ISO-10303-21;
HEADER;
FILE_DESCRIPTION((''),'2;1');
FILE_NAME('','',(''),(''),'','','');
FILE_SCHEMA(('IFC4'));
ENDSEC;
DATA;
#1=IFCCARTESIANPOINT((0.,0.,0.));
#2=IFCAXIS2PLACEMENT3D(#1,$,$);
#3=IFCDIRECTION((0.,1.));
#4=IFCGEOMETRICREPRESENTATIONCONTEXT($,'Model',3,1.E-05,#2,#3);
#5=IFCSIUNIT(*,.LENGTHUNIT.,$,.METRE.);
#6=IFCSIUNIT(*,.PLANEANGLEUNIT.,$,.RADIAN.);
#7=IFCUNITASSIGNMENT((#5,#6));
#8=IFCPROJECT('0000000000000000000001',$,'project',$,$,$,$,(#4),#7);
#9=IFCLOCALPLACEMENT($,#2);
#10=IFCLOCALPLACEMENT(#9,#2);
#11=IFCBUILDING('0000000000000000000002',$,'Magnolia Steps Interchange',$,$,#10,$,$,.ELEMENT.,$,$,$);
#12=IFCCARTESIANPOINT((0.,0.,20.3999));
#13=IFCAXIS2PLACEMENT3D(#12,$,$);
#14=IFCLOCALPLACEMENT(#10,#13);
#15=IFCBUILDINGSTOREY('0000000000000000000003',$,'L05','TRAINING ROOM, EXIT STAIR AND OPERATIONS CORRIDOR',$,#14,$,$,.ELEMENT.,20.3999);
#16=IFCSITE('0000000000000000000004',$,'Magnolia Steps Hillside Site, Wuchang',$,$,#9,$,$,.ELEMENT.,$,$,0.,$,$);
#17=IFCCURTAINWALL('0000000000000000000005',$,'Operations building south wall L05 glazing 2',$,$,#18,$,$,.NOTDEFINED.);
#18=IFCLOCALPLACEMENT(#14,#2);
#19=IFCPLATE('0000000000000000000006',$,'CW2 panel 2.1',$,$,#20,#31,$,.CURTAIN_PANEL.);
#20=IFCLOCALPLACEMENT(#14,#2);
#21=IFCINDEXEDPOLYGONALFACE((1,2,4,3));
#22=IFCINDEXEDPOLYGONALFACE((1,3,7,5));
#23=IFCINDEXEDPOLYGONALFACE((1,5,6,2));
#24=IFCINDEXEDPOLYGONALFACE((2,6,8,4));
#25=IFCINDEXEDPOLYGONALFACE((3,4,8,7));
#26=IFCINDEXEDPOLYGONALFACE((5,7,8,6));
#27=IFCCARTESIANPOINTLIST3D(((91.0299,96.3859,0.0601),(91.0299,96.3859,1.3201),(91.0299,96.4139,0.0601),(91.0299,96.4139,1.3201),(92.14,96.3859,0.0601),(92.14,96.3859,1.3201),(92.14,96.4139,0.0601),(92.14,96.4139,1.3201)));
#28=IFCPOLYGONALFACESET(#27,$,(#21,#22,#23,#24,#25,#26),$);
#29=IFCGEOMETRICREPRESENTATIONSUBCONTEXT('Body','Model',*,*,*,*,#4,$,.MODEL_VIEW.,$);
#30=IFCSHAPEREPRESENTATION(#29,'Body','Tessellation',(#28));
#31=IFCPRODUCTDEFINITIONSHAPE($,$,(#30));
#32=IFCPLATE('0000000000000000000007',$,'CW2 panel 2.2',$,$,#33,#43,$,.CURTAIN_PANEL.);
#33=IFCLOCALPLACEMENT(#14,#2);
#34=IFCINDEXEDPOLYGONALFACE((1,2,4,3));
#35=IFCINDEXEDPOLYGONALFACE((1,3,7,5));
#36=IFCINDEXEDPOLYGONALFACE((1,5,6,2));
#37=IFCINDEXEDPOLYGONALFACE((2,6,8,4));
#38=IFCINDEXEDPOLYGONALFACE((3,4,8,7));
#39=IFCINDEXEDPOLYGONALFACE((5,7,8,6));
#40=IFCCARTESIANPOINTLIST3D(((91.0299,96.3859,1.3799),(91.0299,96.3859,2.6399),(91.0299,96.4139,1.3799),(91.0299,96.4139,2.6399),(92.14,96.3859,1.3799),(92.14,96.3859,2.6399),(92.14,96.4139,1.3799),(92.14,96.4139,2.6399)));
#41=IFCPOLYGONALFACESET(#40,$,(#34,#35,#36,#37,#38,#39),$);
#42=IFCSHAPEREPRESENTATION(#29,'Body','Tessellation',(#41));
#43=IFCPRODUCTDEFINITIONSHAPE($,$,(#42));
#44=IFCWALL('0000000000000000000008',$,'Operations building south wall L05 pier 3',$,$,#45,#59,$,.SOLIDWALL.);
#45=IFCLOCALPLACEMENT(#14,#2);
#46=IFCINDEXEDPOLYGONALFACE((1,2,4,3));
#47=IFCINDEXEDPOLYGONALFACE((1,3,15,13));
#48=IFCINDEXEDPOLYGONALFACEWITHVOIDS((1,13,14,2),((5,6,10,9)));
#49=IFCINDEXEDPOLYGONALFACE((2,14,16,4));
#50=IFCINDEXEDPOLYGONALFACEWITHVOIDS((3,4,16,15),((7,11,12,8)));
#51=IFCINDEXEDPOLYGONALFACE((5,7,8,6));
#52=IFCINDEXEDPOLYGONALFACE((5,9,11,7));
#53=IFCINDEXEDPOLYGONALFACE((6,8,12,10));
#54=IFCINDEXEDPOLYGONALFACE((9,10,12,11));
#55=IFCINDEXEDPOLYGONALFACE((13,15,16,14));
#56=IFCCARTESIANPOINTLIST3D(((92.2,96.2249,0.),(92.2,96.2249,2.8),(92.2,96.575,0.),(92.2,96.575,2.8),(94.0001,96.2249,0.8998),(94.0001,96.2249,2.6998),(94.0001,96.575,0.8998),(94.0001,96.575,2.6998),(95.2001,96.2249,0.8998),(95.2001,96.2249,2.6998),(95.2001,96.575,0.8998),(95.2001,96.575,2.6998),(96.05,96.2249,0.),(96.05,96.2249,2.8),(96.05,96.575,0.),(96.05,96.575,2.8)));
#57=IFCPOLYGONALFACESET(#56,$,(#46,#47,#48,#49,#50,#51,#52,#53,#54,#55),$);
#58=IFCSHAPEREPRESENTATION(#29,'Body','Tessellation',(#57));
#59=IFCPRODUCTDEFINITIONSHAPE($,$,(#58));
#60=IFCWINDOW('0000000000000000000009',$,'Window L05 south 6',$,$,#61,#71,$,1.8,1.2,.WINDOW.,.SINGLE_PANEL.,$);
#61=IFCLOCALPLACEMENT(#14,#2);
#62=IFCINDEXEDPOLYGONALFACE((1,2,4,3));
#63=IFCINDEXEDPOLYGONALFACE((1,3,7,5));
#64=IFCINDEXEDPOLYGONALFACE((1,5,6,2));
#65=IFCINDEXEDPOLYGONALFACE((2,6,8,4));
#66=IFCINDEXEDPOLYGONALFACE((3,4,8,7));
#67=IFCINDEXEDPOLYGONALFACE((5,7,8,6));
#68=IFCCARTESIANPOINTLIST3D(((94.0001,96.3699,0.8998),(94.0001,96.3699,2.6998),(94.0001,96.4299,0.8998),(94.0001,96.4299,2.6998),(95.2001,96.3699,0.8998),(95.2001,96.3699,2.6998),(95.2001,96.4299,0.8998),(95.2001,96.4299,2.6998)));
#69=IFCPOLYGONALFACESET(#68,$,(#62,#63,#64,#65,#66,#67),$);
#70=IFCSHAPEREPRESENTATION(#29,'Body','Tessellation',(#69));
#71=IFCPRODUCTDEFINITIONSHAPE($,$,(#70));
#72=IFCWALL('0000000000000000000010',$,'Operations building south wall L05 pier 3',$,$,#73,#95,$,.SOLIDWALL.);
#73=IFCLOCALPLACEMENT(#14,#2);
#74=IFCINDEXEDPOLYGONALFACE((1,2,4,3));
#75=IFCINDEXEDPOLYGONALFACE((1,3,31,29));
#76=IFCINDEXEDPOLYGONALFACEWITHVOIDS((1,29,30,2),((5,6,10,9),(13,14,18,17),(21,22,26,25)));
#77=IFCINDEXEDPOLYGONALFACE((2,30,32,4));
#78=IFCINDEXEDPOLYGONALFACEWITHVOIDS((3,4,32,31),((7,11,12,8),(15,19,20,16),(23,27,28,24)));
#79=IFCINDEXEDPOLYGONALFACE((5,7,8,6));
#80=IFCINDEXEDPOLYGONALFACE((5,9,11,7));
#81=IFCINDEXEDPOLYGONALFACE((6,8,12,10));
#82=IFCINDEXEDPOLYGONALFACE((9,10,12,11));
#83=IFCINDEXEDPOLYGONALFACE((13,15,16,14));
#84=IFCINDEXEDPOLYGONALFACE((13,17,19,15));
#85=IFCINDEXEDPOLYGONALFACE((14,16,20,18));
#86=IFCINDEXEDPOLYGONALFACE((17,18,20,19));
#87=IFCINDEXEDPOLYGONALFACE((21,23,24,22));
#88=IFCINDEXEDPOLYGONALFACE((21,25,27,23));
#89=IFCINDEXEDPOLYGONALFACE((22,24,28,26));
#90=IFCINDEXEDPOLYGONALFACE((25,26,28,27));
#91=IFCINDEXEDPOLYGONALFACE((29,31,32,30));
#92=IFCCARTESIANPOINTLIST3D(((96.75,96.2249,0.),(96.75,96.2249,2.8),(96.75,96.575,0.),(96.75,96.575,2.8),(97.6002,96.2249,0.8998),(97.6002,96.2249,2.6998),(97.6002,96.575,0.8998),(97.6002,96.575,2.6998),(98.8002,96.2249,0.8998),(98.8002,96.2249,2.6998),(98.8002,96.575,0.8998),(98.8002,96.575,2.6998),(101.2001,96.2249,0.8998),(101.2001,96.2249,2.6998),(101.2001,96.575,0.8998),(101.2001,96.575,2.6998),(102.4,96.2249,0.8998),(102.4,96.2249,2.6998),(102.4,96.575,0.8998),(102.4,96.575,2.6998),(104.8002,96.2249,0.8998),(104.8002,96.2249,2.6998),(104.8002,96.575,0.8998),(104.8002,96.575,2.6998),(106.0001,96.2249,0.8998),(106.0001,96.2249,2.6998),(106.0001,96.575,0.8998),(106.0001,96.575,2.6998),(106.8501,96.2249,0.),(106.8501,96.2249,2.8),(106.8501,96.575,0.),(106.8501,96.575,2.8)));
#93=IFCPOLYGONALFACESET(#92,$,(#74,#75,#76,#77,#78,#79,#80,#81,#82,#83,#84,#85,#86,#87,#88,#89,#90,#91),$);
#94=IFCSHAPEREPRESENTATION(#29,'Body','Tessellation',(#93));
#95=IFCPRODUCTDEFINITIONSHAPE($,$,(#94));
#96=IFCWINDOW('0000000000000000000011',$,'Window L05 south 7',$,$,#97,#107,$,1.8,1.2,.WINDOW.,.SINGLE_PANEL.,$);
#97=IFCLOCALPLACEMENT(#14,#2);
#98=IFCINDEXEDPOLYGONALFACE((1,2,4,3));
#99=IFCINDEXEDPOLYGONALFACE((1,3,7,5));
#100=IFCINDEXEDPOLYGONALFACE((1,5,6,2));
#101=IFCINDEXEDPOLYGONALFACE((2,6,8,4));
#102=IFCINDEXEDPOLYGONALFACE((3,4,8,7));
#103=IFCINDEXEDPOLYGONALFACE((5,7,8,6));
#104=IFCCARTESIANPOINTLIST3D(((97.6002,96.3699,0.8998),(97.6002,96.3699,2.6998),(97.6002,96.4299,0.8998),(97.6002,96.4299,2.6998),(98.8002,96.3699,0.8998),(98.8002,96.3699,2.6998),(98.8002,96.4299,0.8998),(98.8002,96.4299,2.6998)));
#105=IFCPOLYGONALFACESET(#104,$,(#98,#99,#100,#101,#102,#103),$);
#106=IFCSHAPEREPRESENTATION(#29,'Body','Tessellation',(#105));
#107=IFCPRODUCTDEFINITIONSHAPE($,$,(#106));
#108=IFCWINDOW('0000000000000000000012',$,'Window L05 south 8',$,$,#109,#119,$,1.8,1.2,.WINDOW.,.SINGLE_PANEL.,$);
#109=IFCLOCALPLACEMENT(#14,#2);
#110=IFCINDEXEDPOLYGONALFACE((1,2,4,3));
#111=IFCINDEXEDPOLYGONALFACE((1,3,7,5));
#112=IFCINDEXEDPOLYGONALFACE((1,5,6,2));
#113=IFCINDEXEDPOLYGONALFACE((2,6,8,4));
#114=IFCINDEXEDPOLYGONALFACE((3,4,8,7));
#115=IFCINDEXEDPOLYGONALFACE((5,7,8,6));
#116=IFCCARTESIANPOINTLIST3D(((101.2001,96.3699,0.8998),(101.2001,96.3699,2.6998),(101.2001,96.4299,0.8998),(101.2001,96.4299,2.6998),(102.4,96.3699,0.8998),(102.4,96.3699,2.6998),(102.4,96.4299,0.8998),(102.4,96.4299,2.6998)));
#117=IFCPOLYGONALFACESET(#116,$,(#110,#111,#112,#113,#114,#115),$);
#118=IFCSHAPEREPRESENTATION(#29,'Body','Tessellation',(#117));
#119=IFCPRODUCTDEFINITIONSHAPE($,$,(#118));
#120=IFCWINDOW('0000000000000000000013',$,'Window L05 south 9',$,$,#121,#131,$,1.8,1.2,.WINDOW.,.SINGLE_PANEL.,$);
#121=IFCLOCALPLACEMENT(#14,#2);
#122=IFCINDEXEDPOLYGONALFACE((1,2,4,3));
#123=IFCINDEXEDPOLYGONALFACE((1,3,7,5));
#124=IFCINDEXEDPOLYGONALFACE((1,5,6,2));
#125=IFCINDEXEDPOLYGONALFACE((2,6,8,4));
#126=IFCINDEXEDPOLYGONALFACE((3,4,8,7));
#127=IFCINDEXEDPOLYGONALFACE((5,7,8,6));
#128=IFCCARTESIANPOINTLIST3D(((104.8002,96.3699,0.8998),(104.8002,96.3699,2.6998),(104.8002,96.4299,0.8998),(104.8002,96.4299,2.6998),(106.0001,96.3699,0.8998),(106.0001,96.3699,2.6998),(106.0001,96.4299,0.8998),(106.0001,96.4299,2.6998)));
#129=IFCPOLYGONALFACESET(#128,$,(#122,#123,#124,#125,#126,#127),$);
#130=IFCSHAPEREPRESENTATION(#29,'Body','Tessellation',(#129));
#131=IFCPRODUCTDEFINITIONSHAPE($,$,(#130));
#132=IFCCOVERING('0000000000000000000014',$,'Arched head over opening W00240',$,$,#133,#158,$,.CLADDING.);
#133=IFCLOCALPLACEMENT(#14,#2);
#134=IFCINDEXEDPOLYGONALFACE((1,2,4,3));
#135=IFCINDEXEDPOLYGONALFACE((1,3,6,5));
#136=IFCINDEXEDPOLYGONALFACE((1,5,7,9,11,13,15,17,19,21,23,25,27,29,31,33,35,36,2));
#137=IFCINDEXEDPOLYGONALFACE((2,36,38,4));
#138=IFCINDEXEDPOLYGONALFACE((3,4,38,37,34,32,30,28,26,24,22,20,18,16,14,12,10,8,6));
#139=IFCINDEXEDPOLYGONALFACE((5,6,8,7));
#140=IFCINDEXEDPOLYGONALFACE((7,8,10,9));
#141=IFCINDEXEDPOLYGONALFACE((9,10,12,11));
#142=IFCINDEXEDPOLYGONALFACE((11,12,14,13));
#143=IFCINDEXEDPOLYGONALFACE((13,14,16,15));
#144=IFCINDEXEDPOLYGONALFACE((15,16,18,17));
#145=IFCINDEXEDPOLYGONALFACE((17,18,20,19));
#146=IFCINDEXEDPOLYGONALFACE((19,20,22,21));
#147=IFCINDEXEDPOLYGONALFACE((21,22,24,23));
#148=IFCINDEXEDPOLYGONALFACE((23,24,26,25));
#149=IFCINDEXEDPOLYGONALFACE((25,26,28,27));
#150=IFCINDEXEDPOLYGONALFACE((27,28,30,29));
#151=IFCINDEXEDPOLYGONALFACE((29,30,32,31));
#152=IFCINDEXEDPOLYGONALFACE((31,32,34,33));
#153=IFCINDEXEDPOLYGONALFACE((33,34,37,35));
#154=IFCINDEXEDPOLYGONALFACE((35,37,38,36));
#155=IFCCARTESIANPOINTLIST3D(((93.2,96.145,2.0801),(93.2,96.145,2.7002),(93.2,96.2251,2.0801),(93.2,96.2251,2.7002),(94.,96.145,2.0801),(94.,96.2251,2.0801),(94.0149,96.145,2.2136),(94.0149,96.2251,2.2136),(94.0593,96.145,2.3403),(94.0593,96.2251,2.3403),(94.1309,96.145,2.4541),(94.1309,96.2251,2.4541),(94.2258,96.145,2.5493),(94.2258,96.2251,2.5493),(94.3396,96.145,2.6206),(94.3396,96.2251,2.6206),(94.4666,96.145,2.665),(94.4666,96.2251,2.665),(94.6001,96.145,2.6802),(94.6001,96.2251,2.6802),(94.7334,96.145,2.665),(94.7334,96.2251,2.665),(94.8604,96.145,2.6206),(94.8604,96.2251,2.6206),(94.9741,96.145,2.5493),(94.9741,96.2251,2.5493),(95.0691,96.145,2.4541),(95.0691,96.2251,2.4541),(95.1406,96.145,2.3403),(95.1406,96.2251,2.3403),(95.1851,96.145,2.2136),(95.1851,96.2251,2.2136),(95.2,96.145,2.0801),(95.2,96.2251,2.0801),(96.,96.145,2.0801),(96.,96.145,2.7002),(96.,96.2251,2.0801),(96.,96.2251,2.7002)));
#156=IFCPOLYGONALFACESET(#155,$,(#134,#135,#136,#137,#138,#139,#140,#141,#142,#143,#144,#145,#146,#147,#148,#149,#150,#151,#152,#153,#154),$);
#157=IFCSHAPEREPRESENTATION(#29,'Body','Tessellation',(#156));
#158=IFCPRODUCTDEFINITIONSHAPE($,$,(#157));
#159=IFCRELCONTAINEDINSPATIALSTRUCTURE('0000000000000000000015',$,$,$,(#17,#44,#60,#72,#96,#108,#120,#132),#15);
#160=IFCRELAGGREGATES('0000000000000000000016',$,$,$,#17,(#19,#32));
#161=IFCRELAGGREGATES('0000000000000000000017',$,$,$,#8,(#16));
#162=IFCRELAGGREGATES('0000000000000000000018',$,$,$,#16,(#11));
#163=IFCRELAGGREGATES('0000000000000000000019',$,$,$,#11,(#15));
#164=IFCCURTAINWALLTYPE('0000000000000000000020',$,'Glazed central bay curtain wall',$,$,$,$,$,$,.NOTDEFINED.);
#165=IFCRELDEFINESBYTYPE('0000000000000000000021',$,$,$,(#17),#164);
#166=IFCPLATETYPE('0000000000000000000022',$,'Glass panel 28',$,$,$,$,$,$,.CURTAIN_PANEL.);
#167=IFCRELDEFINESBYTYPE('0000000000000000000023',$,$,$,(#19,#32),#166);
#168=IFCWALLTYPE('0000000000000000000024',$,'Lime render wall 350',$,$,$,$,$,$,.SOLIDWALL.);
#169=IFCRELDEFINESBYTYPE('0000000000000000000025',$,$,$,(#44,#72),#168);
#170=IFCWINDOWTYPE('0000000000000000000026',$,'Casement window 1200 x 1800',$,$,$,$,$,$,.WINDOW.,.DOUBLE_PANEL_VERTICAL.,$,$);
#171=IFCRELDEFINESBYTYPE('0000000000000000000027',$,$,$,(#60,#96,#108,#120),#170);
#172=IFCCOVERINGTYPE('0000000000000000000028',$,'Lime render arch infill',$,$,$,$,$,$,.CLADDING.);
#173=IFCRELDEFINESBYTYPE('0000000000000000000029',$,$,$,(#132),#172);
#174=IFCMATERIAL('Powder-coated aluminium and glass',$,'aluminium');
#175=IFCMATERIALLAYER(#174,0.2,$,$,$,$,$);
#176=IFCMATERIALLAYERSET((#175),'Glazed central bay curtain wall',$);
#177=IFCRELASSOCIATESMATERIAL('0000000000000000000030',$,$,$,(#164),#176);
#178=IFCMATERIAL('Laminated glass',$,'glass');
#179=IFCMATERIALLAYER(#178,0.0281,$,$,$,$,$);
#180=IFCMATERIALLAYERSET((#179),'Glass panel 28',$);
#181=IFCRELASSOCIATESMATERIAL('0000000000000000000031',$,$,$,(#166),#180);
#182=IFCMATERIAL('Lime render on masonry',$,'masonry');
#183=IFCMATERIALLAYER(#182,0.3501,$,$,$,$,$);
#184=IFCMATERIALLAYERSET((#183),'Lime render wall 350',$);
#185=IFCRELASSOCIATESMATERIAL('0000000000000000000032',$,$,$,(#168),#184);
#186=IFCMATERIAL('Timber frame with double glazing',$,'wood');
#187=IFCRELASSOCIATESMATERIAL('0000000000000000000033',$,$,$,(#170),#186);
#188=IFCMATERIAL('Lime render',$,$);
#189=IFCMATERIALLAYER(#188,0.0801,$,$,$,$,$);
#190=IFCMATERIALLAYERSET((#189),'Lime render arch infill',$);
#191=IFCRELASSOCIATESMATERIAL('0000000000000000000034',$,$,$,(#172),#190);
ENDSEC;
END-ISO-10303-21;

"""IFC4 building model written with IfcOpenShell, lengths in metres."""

from ifc_helpers import new_model, si_unit, direction, frame, frame_2d, origin, origin_2d, place, context, subcontext, project, spatial, polyline, rectangle, outline, extrude, material, layer, layer_set, type_object, element, fill, aggregate, save


model = new_model("IFC4")

# Units and contexts
model_context = context("Model", 3, precision=1e-05, world=origin(), true_north=direction((0.0, 1.0)))
body_context = subcontext(model_context, "Body", "Model", "MODEL_VIEW")
ifc_project = project(units=[si_unit("LENGTHUNIT", "METRE"), si_unit("PLANEANGLEUNIT", "RADIAN")], contexts=[model_context])

# Site, building, storey
site_placement = place(None, origin())
site = spatial("IfcSite", under=ifc_project, at=site_placement, Name="Magnolia Steps Hillside Site, Wuchang", CompositionType="ELEMENT", RefElevation=0.0)
building_placement = place(site_placement, origin())
building = spatial("IfcBuilding", under=site, at=building_placement, Name="Magnolia Steps Interchange", CompositionType="ELEMENT")
storey_placement = place(building_placement, frame((0.0, 0.0, 20.3999)))
storey = spatial("IfcBuildingStorey", under=building, at=storey_placement, Name="L05", Description="TRAINING ROOM, EXIT STAIR AND OPERATIONS CORRIDOR", CompositionType="ELEMENT", Elevation=20.3999)

# Curtain wall
ifc_material_1 = material(Name="Powder-coated aluminium and glass", Category="aluminium")
ifc_layer_1 = layer(ifc_material_1, 0.2)
ifc_layer_set_1 = layer_set([ifc_layer_1], Name="Glazed central bay curtain wall")
curtain_wall_type = type_object("IfcCurtainWallType", Name="Glazed central bay curtain wall", PredefinedType="NOTDEFINED", material=ifc_layer_set_1)
curtain_wall_placement = place(storey_placement, origin())
curtain_wall = element("IfcCurtainWall", 1, at=curtain_wall_placement, inside=storey, type_object=curtain_wall_type, Name="Operations building south wall L05 glazing 2", PredefinedType="NOTDEFINED")

# Plates
ifc_material_2 = material(Name="Laminated glass", Category="glass")
ifc_layer_2 = layer(ifc_material_2, 0.0281)
ifc_layer_set_2 = layer_set([ifc_layer_2], Name="Glass panel 28")
plate_type = type_object("IfcPlateType", Name="Glass panel 28", PredefinedType="CURTAIN_PANEL", material=ifc_layer_set_2)
plate_1_placement = place(storey_placement, frame((91.585, 96.3999, 0.0601), z_axis=(0.0, 0.0, 1.0), x_axis=(1.0, 0.0, 0.0)))
plate_1 = element("IfcPlate", 2, at=plate_1_placement, type_object=plate_type, Name="CW2 panel 2.1", PredefinedType="CURTAIN_PANEL", context=body_context, shape_type="SweptSolid", body=[
    extrude(rectangle(XDim=1.1101, YDim=0.0281, at=origin_2d()), origin(), (0.0, 0.0, 1.0), 1.26),
])
plate_2_placement = place(storey_placement, frame((91.585, 96.3999, 1.3799), z_axis=(0.0, 0.0, 1.0), x_axis=(1.0, 0.0, 0.0)))
plate_2 = element("IfcPlate", 3, at=plate_2_placement, type_object=plate_type, Name="CW2 panel 2.2", PredefinedType="CURTAIN_PANEL", context=body_context, shape_type="SweptSolid", body=[
    extrude(rectangle(XDim=1.1101, YDim=0.0281, at=origin_2d()), origin(), (0.0, 0.0, 1.0), 1.26),
])
aggregate(curtain_wall, [plate_1, plate_2])

# Wall, opening, window
ifc_material_3 = material(Name="Lime render on masonry", Category="masonry")
ifc_layer_3 = layer(ifc_material_3, 0.3501)
ifc_layer_set_3 = layer_set([ifc_layer_3], Name="Lime render wall 350")
wall_type = type_object("IfcWallType", Name="Lime render wall 350", PredefinedType="SOLIDWALL", material=ifc_layer_set_3)
wall_1_placement = place(storey_placement, frame((92.2, 96.3999, 0.0), z_axis=(0.0, 0.0, 1.0), x_axis=(1.0, 0.0, 0.0)))
wall_1 = element("IfcWall", 4, at=wall_1_placement, inside=storey, type_object=wall_type, Name="Operations building south wall L05 pier 3", PredefinedType="SOLIDWALL", context=body_context, shape_type="SweptSolid", body=[
    extrude(rectangle(XDim=3.8501, YDim=0.3501, at=frame_2d((1.925, 0.0))), origin(), (0.0, 0.0, 1.0), 2.8),
])
opening_1_placement = place(wall_1_placement, frame((1.8, 0.0, 0.8999)))
opening_1 = element("IfcOpeningElement", 5, at=opening_1_placement, cuts=wall_1, PredefinedType="OPENING", context=body_context, shape_type="SweptSolid", body=[
    extrude(rectangle(XDim=1.2, YDim=1.8, at=frame_2d((0.6001, 0.8999))), frame((0.0, 0.1851, 0.0), z_axis=(0.0, -1.0, 0.0), x_axis=(1.0, 0.0, 0.0)), (0.0, 0.0, 1.0), 0.3701),
])
ifc_material_4 = material(Name="Timber frame with double glazing", Category="wood")
window_type = type_object("IfcWindowType", Name="Casement window 1200 x 1800", PartitioningType="DOUBLE_PANEL_VERTICAL", PredefinedType="WINDOW", material=ifc_material_4)
window_1_placement = place(opening_1_placement, origin())
window_1 = element("IfcWindow", 6, at=window_1_placement, inside=storey, type_object=window_type, Name="Window L05 south 6", OverallHeight=1.8, OverallWidth=1.2, PartitioningType="SINGLE_PANEL", PredefinedType="WINDOW", context=body_context, shape_type="SweptSolid", body=[
    extrude(rectangle(XDim=1.2, YDim=1.8, at=frame_2d((0.6001, 0.8999))), frame((0.0, 0.03, 0.0), z_axis=(0.0, -1.0, 0.0), x_axis=(1.0, 0.0, 0.0)), (0.0, 0.0, 1.0), 0.0601),
])
fill(opening_1, window_1)

# Wall, openings, windows
wall_2_placement = place(storey_placement, frame((96.75, 96.3999, 0.0), z_axis=(0.0, 0.0, 1.0), x_axis=(1.0, 0.0, 0.0)))
wall_2 = element("IfcWall", 7, at=wall_2_placement, inside=storey, type_object=wall_type, Name="Operations building south wall L05 pier 3", PredefinedType="SOLIDWALL", context=body_context, shape_type="SweptSolid", body=[
    extrude(rectangle(XDim=10.1001, YDim=0.3501, at=frame_2d((5.05, 0.0))), origin(), (0.0, 0.0, 1.0), 2.8),
])
opening_2_placement = place(wall_2_placement, frame((0.8501, 0.0, 0.8999)))
opening_2 = element("IfcOpeningElement", 8, at=opening_2_placement, cuts=wall_2, PredefinedType="OPENING", context=body_context, shape_type="SweptSolid", body=[
    extrude(rectangle(XDim=1.2, YDim=1.8, at=frame_2d((0.6001, 0.8999))), frame((0.0, 0.1851, 0.0), z_axis=(0.0, -1.0, 0.0), x_axis=(1.0, 0.0, 0.0)), (0.0, 0.0, 1.0), 0.3701),
])
opening_3_placement = place(wall_2_placement, frame((4.45, 0.0, 0.8999)))
opening_3 = element("IfcOpeningElement", 9, at=opening_3_placement, cuts=wall_2, PredefinedType="OPENING", context=body_context, shape_type="SweptSolid", body=[
    extrude(rectangle(XDim=1.2, YDim=1.8, at=frame_2d((0.6001, 0.8999))), frame((0.0, 0.1851, 0.0), z_axis=(0.0, -1.0, 0.0), x_axis=(1.0, 0.0, 0.0)), (0.0, 0.0, 1.0), 0.3701),
])
opening_4_placement = place(wall_2_placement, frame((8.05, 0.0, 0.8999)))
opening_4 = element("IfcOpeningElement", 10, at=opening_4_placement, cuts=wall_2, PredefinedType="OPENING", context=body_context, shape_type="SweptSolid", body=[
    extrude(rectangle(XDim=1.2, YDim=1.8, at=frame_2d((0.6001, 0.8999))), frame((0.0, 0.1851, 0.0), z_axis=(0.0, -1.0, 0.0), x_axis=(1.0, 0.0, 0.0)), (0.0, 0.0, 1.0), 0.3701),
])
window_2_placement = place(opening_2_placement, origin())
window_2 = element("IfcWindow", 11, at=window_2_placement, inside=storey, type_object=window_type, Name="Window L05 south 7", OverallHeight=1.8, OverallWidth=1.2, PartitioningType="SINGLE_PANEL", PredefinedType="WINDOW", context=body_context, shape_type="SweptSolid", body=[
    extrude(rectangle(XDim=1.2, YDim=1.8, at=frame_2d((0.6001, 0.8999))), frame((0.0, 0.03, 0.0), z_axis=(0.0, -1.0, 0.0), x_axis=(1.0, 0.0, 0.0)), (0.0, 0.0, 1.0), 0.0601),
])
fill(opening_2, window_2)
window_3_placement = place(opening_3_placement, origin())
window_3 = element("IfcWindow", 12, at=window_3_placement, inside=storey, type_object=window_type, Name="Window L05 south 8", OverallHeight=1.8, OverallWidth=1.2, PartitioningType="SINGLE_PANEL", PredefinedType="WINDOW", context=body_context, shape_type="SweptSolid", body=[
    extrude(rectangle(XDim=1.2, YDim=1.8, at=frame_2d((0.6001, 0.8999))), frame((0.0, 0.03, 0.0), z_axis=(0.0, -1.0, 0.0), x_axis=(1.0, 0.0, 0.0)), (0.0, 0.0, 1.0), 0.0601),
])
fill(opening_3, window_3)
window_4_placement = place(opening_4_placement, origin())
window_4 = element("IfcWindow", 13, at=window_4_placement, inside=storey, type_object=window_type, Name="Window L05 south 9", OverallHeight=1.8, OverallWidth=1.2, PartitioningType="SINGLE_PANEL", PredefinedType="WINDOW", context=body_context, shape_type="SweptSolid", body=[
    extrude(rectangle(XDim=1.2, YDim=1.8, at=frame_2d((0.6001, 0.8999))), frame((0.0, 0.03, 0.0), z_axis=(0.0, -1.0, 0.0), x_axis=(1.0, 0.0, 0.0)), (0.0, 0.0, 1.0), 0.0601),
])
fill(opening_4, window_4)

# Covering
ifc_material_5 = material(Name="Lime render")
ifc_layer_4 = layer(ifc_material_5, 0.0801)
ifc_layer_set_4 = layer_set([ifc_layer_4], Name="Lime render arch infill")
covering_type_1 = type_object("IfcCoveringType", Name="Lime render arch infill", PredefinedType="CLADDING", material=ifc_layer_set_4)
covering_1_placement = place(storey_placement, frame((93.2, 96.2251, 2.0801), z_axis=(0.0, 1.0, 0.0), x_axis=(0.0, 0.0, 1.0)))
element("IfcCovering", 14, at=covering_1_placement, inside=storey, type_object=covering_type_1, Name="Arched head over opening W00240", PredefinedType="CLADDING", context=body_context, shape_type="SweptSolid", body=[
    extrude(outline(polyline([(0.0, 0.0), (0.6201, 0.0), (0.6201, 2.8), (0.0, 2.8), (0.0, 2.0), (0.1335, 1.9851), (0.2603, 1.9407), (0.374, 1.8691), (0.4692, 1.7742), (0.5405, 1.6604), (0.585, 1.5334), (0.6001, 1.4001), (0.585, 1.2666), (0.5405, 1.1396), (0.4692, 1.0259), (0.374, 0.9309), (0.2603, 0.8594), (0.1335, 0.8149), (0.0, 0.8), (0.0, 0.0)])), origin(), (0.0, 0.0, -1.0), 0.0801),
])

save(model, "model.ifc")
